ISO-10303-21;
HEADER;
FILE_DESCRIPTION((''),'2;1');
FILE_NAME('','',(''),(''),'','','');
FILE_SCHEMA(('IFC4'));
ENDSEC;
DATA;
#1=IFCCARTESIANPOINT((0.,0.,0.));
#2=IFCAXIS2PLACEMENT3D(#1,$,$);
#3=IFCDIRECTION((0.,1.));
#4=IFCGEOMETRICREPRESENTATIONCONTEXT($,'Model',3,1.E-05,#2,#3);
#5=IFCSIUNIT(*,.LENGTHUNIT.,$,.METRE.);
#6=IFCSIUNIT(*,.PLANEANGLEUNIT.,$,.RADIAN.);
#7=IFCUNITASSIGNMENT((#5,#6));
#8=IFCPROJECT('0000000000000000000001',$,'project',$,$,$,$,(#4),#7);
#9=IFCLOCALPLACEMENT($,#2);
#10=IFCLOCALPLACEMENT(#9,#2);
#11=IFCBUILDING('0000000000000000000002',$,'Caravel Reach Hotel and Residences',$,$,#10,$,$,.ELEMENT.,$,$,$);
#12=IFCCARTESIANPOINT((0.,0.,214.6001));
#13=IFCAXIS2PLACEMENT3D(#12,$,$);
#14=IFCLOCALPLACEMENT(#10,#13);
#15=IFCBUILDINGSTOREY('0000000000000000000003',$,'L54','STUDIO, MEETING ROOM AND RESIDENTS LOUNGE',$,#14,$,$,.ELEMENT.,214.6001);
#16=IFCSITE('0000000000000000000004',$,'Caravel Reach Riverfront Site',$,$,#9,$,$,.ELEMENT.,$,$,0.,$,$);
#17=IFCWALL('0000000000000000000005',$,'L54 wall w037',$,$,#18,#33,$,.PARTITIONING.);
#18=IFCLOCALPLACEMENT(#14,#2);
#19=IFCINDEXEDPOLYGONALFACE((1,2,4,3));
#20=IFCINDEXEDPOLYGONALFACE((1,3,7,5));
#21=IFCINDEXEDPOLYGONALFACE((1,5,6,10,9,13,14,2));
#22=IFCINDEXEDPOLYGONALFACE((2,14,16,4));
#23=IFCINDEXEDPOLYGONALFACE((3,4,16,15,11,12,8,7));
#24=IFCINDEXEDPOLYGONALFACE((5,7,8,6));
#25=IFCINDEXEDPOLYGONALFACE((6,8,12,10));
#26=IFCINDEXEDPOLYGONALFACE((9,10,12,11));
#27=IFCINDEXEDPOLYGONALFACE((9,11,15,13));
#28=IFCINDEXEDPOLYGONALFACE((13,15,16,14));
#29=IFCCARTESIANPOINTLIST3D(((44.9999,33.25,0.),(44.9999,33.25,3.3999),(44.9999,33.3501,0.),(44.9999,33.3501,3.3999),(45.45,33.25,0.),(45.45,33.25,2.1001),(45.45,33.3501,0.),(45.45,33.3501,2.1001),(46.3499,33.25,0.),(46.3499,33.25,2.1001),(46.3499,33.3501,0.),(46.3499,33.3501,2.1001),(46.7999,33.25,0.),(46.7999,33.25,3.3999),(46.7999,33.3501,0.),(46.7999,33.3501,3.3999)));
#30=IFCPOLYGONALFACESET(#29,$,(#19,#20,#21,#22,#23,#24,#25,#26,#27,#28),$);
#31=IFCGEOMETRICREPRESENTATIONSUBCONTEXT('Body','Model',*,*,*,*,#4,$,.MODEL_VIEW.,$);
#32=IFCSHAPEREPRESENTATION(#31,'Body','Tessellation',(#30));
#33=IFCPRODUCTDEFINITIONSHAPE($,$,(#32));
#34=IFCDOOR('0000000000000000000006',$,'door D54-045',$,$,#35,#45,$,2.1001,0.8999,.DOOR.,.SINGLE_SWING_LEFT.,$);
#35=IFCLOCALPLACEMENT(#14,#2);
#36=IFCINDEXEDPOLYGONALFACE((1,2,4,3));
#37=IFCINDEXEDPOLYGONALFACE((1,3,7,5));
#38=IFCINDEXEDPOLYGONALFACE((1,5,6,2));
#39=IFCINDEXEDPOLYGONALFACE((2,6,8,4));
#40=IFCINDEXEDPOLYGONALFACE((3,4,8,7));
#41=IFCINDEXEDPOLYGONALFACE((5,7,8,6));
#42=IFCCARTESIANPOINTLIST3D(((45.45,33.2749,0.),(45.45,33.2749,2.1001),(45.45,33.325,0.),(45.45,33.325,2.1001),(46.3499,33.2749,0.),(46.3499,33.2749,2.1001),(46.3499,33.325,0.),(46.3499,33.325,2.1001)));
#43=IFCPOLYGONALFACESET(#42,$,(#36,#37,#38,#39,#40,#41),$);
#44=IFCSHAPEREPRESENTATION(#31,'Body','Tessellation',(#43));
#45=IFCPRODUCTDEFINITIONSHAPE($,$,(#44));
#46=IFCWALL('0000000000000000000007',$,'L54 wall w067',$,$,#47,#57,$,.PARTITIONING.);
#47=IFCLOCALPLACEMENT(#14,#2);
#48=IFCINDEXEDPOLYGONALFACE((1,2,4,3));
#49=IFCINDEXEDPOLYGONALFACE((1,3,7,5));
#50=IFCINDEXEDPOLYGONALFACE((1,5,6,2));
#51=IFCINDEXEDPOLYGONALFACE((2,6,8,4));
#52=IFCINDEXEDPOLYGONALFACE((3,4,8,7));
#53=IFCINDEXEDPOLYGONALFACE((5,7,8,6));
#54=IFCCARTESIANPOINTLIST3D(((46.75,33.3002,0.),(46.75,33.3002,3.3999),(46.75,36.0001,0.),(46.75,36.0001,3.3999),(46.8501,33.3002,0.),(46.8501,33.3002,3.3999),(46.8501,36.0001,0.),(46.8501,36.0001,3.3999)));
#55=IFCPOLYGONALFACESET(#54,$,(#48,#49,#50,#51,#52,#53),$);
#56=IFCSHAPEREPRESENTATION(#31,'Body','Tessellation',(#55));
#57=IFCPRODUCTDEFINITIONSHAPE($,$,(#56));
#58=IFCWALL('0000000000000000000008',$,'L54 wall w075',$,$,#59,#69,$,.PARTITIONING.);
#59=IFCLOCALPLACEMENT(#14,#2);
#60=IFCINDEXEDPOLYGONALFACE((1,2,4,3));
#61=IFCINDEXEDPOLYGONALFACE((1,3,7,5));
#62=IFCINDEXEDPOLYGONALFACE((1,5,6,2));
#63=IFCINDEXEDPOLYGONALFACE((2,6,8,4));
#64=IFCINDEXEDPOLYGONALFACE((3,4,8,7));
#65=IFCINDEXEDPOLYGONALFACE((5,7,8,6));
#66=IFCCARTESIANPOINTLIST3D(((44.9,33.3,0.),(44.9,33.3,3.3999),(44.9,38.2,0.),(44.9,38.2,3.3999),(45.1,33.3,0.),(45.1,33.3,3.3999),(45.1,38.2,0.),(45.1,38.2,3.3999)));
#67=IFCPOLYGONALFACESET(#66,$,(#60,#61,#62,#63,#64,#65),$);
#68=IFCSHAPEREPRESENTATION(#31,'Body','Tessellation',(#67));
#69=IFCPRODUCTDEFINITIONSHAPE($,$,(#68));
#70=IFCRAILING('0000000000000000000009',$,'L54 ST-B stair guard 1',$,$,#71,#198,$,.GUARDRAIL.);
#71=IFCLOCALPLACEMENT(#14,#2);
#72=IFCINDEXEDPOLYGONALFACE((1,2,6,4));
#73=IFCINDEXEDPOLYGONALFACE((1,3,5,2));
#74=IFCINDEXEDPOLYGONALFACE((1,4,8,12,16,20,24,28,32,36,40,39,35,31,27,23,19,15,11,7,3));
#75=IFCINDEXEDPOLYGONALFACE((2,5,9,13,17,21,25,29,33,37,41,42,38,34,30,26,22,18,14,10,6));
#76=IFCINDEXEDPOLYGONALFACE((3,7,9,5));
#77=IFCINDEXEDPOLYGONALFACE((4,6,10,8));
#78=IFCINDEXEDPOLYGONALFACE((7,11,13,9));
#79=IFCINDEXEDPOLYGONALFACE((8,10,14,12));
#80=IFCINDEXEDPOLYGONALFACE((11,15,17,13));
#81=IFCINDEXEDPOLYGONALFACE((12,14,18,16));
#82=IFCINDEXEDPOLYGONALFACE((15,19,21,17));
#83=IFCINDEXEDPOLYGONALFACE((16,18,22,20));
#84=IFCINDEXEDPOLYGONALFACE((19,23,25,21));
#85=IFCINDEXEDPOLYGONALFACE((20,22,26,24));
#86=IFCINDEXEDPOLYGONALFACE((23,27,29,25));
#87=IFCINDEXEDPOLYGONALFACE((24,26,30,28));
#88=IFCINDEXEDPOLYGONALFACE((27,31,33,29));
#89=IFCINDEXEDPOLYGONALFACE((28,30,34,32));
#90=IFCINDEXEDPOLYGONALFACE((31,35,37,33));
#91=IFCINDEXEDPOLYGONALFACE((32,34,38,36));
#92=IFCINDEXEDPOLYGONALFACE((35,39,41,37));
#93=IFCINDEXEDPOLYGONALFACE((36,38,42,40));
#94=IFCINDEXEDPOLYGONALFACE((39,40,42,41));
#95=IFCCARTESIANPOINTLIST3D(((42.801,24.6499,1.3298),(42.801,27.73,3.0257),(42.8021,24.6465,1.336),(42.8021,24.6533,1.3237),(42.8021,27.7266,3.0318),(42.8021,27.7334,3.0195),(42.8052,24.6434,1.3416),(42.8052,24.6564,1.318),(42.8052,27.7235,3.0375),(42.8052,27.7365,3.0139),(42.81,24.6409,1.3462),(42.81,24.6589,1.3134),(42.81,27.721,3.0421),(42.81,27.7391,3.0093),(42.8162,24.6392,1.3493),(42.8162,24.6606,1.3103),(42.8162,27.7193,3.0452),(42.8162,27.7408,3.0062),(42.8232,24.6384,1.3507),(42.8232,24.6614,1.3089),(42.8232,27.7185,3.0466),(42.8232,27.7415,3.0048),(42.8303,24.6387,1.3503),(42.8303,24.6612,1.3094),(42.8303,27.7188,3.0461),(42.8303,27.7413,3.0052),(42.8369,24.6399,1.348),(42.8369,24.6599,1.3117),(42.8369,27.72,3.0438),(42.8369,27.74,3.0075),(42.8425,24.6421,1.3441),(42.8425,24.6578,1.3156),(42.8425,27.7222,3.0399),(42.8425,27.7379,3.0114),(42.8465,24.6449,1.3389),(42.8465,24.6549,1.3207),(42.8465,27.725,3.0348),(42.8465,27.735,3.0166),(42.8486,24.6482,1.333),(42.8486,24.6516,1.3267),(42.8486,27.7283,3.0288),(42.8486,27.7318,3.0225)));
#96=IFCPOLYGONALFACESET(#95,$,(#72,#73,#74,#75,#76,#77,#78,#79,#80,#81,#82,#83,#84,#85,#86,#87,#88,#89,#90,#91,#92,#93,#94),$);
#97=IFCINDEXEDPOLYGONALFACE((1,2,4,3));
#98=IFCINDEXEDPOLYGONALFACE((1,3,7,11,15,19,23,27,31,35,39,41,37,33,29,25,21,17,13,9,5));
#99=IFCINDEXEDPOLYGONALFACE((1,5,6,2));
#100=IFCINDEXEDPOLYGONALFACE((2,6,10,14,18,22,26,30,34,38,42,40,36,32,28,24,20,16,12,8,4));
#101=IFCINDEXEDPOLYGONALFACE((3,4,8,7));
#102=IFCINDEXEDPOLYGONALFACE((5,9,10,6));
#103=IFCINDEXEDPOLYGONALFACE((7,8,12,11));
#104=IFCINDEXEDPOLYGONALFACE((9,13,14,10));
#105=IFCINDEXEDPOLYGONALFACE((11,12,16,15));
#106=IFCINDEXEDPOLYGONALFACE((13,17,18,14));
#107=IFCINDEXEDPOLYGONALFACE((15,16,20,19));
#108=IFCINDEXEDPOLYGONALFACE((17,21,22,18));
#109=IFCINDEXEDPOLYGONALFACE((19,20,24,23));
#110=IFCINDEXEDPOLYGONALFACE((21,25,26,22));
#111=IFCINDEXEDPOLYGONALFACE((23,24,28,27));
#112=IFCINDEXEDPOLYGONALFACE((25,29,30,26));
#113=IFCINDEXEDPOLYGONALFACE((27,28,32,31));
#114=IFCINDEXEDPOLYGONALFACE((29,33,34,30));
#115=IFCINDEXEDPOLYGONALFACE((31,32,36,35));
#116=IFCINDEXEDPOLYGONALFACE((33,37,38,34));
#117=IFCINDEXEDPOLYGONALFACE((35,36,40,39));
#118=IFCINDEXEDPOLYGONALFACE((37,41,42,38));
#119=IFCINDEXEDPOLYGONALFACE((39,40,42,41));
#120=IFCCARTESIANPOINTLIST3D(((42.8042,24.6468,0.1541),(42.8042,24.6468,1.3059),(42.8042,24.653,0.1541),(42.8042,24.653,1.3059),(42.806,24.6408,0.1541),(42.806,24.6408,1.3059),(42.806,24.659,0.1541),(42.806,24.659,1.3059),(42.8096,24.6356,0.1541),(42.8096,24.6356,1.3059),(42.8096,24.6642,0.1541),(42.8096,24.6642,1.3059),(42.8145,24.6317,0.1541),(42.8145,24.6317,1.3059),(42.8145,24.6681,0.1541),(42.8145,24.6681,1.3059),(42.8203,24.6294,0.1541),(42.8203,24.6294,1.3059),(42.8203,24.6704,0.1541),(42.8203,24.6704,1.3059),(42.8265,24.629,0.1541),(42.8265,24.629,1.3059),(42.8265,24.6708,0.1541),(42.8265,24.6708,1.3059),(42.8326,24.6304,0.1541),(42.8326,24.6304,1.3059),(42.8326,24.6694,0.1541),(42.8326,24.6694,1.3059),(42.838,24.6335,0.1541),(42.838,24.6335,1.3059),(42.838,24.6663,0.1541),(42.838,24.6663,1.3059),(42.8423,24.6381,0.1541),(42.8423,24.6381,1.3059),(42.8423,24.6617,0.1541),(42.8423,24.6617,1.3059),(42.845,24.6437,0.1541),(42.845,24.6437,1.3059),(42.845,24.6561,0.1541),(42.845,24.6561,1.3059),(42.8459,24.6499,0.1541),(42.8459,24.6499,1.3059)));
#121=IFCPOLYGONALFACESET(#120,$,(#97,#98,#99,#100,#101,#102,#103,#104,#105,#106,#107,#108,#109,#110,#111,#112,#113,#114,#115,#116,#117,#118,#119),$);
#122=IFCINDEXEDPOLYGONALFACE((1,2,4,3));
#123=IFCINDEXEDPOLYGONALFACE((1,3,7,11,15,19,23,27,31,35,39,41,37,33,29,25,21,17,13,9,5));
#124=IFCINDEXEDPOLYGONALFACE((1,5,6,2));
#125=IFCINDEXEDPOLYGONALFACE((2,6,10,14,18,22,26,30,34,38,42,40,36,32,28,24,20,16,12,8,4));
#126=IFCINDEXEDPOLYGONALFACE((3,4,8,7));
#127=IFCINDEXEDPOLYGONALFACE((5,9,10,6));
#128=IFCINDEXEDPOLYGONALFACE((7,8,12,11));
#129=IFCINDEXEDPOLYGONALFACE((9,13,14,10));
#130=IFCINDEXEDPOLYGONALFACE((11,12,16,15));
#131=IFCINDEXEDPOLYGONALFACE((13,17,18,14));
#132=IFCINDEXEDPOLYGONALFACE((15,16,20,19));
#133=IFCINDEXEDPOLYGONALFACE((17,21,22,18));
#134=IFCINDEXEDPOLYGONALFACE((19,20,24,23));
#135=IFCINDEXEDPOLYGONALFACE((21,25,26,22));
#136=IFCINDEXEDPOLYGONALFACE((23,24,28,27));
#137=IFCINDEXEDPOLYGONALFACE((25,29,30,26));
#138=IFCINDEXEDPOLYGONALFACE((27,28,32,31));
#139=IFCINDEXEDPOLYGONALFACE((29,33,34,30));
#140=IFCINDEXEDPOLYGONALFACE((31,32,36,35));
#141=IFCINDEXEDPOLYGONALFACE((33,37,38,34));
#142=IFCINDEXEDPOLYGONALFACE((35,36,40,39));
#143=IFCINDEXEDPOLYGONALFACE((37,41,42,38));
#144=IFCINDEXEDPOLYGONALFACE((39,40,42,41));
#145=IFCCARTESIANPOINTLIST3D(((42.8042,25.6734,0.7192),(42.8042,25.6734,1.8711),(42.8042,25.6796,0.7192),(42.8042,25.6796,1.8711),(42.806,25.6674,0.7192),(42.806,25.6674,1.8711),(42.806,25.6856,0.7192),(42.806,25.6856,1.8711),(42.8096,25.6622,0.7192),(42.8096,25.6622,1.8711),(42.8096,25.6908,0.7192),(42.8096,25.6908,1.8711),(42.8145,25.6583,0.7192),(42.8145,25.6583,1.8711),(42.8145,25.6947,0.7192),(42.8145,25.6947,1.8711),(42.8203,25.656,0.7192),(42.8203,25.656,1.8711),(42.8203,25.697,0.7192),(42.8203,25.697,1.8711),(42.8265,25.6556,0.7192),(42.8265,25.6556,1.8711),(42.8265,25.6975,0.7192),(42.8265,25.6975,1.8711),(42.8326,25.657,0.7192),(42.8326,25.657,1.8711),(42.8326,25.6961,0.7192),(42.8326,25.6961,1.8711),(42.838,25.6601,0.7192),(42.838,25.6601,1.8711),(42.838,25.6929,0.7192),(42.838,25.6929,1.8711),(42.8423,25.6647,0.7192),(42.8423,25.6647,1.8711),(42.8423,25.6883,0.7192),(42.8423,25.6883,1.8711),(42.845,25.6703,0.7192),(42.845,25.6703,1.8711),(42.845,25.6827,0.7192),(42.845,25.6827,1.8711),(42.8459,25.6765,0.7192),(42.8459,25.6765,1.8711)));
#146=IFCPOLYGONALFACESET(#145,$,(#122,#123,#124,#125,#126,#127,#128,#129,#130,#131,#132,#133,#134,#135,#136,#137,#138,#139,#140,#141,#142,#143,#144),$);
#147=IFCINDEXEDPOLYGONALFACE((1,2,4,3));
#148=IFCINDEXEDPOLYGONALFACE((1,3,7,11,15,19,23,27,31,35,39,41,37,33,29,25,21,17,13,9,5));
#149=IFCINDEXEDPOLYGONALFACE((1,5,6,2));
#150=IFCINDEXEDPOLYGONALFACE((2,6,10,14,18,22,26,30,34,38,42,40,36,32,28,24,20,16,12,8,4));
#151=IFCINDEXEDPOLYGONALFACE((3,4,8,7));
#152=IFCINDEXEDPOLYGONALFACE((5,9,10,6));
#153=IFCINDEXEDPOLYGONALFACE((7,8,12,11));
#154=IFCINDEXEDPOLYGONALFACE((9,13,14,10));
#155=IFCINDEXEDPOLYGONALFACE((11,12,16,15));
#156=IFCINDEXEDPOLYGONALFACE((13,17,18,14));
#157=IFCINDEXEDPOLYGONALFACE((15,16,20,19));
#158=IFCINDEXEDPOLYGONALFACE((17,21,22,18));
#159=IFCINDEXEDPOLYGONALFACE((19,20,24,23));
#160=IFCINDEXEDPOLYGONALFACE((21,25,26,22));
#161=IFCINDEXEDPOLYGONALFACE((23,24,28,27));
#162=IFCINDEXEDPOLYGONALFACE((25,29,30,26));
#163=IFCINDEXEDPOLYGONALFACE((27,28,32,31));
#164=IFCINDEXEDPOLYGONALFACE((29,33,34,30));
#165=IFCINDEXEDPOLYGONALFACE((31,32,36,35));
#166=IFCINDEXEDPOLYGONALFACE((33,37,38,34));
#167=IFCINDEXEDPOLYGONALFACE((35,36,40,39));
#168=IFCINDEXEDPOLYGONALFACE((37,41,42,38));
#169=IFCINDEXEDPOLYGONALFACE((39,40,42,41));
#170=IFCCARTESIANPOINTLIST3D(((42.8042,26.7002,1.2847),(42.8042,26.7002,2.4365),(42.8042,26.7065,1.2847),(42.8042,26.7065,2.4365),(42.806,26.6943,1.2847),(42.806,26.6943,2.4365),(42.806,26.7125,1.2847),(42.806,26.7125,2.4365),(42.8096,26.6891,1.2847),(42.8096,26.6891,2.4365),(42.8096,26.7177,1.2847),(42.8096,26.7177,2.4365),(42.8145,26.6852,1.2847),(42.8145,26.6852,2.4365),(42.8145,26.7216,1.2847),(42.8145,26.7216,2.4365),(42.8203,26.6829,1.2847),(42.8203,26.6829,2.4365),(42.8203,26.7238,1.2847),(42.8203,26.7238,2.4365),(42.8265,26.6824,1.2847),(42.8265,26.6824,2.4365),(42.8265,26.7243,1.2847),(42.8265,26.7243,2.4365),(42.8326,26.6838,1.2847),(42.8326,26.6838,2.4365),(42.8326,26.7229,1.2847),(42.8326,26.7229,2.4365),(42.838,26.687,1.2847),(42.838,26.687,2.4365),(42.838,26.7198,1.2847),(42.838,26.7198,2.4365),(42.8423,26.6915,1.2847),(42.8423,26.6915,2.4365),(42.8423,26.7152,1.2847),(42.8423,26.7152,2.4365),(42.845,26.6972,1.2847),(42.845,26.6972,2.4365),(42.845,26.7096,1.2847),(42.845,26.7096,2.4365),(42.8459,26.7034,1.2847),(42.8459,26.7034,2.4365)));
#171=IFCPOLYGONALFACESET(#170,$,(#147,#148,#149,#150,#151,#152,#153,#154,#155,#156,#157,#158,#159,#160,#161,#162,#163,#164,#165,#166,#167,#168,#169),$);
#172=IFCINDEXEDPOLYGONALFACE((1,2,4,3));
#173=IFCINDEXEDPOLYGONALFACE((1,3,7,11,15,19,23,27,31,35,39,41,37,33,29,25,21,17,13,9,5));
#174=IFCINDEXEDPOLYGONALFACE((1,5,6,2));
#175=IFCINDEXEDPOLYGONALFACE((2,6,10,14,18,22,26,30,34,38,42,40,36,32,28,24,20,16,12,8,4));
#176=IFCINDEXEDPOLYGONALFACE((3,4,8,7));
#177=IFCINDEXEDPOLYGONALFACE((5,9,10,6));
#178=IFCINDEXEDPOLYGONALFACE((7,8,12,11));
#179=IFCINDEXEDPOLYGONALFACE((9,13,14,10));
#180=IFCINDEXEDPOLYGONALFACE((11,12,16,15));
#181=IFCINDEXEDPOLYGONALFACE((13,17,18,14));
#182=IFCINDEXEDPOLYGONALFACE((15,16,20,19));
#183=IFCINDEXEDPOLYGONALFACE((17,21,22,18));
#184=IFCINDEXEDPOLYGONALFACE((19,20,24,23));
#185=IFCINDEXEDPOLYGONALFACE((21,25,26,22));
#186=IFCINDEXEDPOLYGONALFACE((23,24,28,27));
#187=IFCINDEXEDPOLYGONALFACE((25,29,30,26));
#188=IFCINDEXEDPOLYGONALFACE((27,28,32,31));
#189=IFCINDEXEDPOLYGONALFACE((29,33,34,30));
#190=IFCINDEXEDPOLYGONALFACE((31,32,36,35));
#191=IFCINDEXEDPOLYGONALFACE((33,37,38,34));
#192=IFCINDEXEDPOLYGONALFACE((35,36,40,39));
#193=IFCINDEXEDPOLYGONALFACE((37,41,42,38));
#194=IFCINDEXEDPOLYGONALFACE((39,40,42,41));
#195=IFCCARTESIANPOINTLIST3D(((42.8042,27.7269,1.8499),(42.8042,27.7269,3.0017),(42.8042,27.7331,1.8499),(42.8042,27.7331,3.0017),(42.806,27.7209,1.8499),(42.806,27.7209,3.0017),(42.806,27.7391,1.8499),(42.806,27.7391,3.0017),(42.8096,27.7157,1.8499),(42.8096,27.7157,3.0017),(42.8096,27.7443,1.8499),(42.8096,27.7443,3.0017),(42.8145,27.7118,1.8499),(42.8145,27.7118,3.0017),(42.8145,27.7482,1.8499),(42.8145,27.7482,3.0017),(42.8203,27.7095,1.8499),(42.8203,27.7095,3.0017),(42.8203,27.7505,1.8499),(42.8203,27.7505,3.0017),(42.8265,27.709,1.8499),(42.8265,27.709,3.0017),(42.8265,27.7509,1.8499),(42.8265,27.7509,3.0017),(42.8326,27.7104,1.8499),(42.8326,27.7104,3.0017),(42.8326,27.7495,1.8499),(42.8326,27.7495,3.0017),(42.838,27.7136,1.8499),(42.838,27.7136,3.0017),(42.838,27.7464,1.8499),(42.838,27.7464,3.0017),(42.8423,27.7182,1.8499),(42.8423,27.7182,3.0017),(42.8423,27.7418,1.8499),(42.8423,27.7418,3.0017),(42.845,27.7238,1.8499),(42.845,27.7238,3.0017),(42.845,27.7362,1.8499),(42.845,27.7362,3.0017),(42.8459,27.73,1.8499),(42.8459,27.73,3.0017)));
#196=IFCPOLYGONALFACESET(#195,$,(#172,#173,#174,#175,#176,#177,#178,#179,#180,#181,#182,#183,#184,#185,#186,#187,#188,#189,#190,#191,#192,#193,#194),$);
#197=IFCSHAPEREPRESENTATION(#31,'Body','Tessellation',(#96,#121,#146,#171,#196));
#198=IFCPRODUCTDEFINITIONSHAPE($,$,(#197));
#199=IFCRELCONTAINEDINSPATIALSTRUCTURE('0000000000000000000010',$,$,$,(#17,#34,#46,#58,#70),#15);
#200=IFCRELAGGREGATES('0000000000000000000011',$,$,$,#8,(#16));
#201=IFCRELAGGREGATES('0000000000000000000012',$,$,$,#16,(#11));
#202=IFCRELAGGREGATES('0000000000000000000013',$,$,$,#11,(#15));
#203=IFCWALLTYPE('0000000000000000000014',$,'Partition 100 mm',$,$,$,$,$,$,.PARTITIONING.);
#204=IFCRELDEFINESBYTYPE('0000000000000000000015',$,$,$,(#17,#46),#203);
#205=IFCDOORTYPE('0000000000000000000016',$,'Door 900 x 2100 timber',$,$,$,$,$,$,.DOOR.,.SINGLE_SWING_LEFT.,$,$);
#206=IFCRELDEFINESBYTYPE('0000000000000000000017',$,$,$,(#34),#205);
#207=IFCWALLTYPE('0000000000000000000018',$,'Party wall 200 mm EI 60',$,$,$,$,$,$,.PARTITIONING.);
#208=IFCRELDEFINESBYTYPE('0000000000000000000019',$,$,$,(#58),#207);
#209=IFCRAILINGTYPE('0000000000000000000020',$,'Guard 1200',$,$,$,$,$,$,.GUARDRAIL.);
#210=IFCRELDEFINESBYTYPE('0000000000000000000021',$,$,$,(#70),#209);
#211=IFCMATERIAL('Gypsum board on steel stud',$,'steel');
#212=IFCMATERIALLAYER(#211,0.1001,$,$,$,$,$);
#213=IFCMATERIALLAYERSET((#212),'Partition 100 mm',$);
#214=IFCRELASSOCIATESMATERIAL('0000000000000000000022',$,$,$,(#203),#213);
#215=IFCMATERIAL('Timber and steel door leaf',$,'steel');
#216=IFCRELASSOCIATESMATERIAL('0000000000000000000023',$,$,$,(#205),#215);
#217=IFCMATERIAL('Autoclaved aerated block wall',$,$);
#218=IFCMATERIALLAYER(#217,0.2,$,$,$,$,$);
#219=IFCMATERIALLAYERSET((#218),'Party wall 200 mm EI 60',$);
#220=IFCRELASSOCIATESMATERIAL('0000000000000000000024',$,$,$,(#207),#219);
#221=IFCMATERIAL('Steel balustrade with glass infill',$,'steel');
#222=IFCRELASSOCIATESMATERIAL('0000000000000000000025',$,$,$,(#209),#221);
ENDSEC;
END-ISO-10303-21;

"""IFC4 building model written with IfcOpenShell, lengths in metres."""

from ifc_helpers import new_model, si_unit, direction, frame, frame_2d, origin, origin_2d, place, context, subcontext, project, spatial, rectangle, circle, extrude, material, layer, layer_set, type_object, element, fill, save


model = new_model("IFC4")

# Units and contexts
model_context = context("Model", 3, precision=1e-05, world=origin(), true_north=direction((0.0, 1.0)))
body_context = subcontext(model_context, "Body", "Model", "MODEL_VIEW")
ifc_project = project(units=[si_unit("LENGTHUNIT", "METRE"), si_unit("PLANEANGLEUNIT", "RADIAN")], contexts=[model_context])

# Site, building, storey
site_placement = place(None, origin())
site = spatial("IfcSite", under=ifc_project, at=site_placement, Name="Caravel Reach Riverfront Site", CompositionType="ELEMENT", RefElevation=0.0)
building_placement = place(site_placement, origin())
building = spatial("IfcBuilding", under=site, at=building_placement, Name="Caravel Reach Hotel and Residences", CompositionType="ELEMENT")
storey_placement = place(building_placement, frame((0.0, 0.0, 214.6001)))
storey = spatial("IfcBuildingStorey", under=building, at=storey_placement, Name="L54", Description="STUDIO, MEETING ROOM AND RESIDENTS LOUNGE", CompositionType="ELEMENT", Elevation=214.6001)

# Wall, opening, door
ifc_material_1 = material(Name="Gypsum board on steel stud", Category="steel")
ifc_layer_1 = layer(ifc_material_1, 0.1001)
ifc_layer_set_1 = layer_set([ifc_layer_1], Name="Partition 100 mm")
wall_type_1 = type_object("IfcWallType", Name="Partition 100 mm", PredefinedType="PARTITIONING", material=ifc_layer_set_1)
wall_1_placement = place(storey_placement, frame((45.0, 33.3, 0.0), z_axis=(0.0, 0.0, 1.0), x_axis=(1.0, 0.0, 0.0)))
wall_1 = element("IfcWall", 1, at=wall_1_placement, inside=storey, type_object=wall_type_1, Name="L54 wall w037", PredefinedType="PARTITIONING", context=body_context, shape_type="SweptSolid", body=[
    extrude(rectangle(XDim=1.8, YDim=0.1001, at=frame_2d((0.8999, 0.0))), origin(), (0.0, 0.0, 1.0), 3.3999),
])
opening_1_placement = place(wall_1_placement, frame((0.45, 0.0, 0.0)))
opening_1 = element("IfcOpeningElement", 2, at=opening_1_placement, cuts=wall_1, PredefinedType="OPENING", context=body_context, shape_type="SweptSolid", body=[
    extrude(rectangle(XDim=0.8999, YDim=2.1001, at=frame_2d((0.45, 1.05))), frame((0.0, 0.0601, 0.0), z_axis=(0.0, -1.0, 0.0), x_axis=(1.0, 0.0, 0.0)), (0.0, 0.0, 1.0), 0.1201),
])
ifc_material_2 = material(Name="Timber and steel door leaf", Category="steel")
door_type_1 = type_object("IfcDoorType", Name="Door 900 x 2100 timber", OperationType="SINGLE_SWING_LEFT", PredefinedType="DOOR", material=ifc_material_2)
door_1_placement = place(opening_1_placement, origin())
door_1 = element("IfcDoor", 3, at=door_1_placement, inside=storey, type_object=door_type_1, Name="door D54-045", OperationType="SINGLE_SWING_LEFT", OverallHeight=2.1001, OverallWidth=0.8999, PredefinedType="DOOR", context=body_context, shape_type="SweptSolid", body=[
    extrude(rectangle(XDim=0.8999, YDim=2.1001, at=frame_2d((0.45, 1.05))), frame((0.0, 0.0249, 0.0), z_axis=(0.0, -1.0, 0.0), x_axis=(1.0, 0.0, 0.0)), (0.0, 0.0, 1.0), 0.05),
])
fill(opening_1, door_1)

# Walls
wall_2_placement = place(storey_placement, frame((46.8, 33.3, 0.0), z_axis=(0.0, 0.0, 1.0), x_axis=(0.0, 1.0, 0.0)))
element("IfcWall", 4, at=wall_2_placement, inside=storey, type_object=wall_type_1, Name="L54 wall w067", PredefinedType="PARTITIONING", context=body_context, shape_type="SweptSolid", body=[
    extrude(rectangle(XDim=2.7, YDim=0.1001, at=frame_2d((1.3501, 0.0))), origin(), (0.0, 0.0, 1.0), 3.3999),
])
ifc_material_3 = material(Name="Autoclaved aerated block wall")
ifc_layer_2 = layer(ifc_material_3, 0.2)
ifc_layer_set_2 = layer_set([ifc_layer_2], Name="Party wall 200 mm EI 60")
wall_type_2 = type_object("IfcWallType", Name="Party wall 200 mm EI 60", PredefinedType="PARTITIONING", material=ifc_layer_set_2)
wall_3_placement = place(storey_placement, frame((45.0, 33.3, 0.0), z_axis=(0.0, 0.0, 1.0), x_axis=(0.0, 1.0, 0.0)))
element("IfcWall", 5, at=wall_3_placement, inside=storey, type_object=wall_type_2, Name="L54 wall w075", PredefinedType="PARTITIONING", context=body_context, shape_type="SweptSolid", body=[
    extrude(rectangle(XDim=4.8999, YDim=0.2, at=frame_2d((2.45, 0.0))), origin(), (0.0, 0.0, 1.0), 3.3999),
])

# Railing
ifc_material_4 = material(Name="Steel balustrade with glass infill", Category="steel")
railing_type_1 = type_object("IfcRailingType", Name="Guard 1200", PredefinedType="GUARDRAIL", material=ifc_material_4)
railing_1_placement = place(storey_placement, frame((42.825, 24.6499, 0.1541)))
element("IfcRailing", 6, at=railing_1_placement, inside=storey, type_object=railing_type_1, Name="L54 ST-B stair guard 1", PredefinedType="GUARDRAIL", context=body_context, shape_type="SweptSolid", body=[
    extrude(circle(Radius=0.0239, at=origin_2d()), frame((0.0, 0.0, 1.1758), z_axis=(0.0, 0.876005, 0.482303), x_axis=(-1.0, 0.0, 0.0)), (0.0, 0.0, 1.0), 3.5161),
    extrude(circle(Radius=0.021, at=origin_2d()), origin(), (0.0, 0.0, 1.0), 1.1519),
    extrude(circle(Radius=0.021, at=origin_2d()), frame((0.0, 1.0266, 0.5652)), (0.0, 0.0, 1.0), 1.1519),
    extrude(circle(Radius=0.021, at=origin_2d()), frame((0.0, 2.0535, 1.1306)), (0.0, 0.0, 1.0), 1.1519),
    extrude(circle(Radius=0.021, at=origin_2d()), frame((0.0, 3.0801, 1.6958)), (0.0, 0.0, 1.0), 1.1519),
])

save(model, "model.ifc")
